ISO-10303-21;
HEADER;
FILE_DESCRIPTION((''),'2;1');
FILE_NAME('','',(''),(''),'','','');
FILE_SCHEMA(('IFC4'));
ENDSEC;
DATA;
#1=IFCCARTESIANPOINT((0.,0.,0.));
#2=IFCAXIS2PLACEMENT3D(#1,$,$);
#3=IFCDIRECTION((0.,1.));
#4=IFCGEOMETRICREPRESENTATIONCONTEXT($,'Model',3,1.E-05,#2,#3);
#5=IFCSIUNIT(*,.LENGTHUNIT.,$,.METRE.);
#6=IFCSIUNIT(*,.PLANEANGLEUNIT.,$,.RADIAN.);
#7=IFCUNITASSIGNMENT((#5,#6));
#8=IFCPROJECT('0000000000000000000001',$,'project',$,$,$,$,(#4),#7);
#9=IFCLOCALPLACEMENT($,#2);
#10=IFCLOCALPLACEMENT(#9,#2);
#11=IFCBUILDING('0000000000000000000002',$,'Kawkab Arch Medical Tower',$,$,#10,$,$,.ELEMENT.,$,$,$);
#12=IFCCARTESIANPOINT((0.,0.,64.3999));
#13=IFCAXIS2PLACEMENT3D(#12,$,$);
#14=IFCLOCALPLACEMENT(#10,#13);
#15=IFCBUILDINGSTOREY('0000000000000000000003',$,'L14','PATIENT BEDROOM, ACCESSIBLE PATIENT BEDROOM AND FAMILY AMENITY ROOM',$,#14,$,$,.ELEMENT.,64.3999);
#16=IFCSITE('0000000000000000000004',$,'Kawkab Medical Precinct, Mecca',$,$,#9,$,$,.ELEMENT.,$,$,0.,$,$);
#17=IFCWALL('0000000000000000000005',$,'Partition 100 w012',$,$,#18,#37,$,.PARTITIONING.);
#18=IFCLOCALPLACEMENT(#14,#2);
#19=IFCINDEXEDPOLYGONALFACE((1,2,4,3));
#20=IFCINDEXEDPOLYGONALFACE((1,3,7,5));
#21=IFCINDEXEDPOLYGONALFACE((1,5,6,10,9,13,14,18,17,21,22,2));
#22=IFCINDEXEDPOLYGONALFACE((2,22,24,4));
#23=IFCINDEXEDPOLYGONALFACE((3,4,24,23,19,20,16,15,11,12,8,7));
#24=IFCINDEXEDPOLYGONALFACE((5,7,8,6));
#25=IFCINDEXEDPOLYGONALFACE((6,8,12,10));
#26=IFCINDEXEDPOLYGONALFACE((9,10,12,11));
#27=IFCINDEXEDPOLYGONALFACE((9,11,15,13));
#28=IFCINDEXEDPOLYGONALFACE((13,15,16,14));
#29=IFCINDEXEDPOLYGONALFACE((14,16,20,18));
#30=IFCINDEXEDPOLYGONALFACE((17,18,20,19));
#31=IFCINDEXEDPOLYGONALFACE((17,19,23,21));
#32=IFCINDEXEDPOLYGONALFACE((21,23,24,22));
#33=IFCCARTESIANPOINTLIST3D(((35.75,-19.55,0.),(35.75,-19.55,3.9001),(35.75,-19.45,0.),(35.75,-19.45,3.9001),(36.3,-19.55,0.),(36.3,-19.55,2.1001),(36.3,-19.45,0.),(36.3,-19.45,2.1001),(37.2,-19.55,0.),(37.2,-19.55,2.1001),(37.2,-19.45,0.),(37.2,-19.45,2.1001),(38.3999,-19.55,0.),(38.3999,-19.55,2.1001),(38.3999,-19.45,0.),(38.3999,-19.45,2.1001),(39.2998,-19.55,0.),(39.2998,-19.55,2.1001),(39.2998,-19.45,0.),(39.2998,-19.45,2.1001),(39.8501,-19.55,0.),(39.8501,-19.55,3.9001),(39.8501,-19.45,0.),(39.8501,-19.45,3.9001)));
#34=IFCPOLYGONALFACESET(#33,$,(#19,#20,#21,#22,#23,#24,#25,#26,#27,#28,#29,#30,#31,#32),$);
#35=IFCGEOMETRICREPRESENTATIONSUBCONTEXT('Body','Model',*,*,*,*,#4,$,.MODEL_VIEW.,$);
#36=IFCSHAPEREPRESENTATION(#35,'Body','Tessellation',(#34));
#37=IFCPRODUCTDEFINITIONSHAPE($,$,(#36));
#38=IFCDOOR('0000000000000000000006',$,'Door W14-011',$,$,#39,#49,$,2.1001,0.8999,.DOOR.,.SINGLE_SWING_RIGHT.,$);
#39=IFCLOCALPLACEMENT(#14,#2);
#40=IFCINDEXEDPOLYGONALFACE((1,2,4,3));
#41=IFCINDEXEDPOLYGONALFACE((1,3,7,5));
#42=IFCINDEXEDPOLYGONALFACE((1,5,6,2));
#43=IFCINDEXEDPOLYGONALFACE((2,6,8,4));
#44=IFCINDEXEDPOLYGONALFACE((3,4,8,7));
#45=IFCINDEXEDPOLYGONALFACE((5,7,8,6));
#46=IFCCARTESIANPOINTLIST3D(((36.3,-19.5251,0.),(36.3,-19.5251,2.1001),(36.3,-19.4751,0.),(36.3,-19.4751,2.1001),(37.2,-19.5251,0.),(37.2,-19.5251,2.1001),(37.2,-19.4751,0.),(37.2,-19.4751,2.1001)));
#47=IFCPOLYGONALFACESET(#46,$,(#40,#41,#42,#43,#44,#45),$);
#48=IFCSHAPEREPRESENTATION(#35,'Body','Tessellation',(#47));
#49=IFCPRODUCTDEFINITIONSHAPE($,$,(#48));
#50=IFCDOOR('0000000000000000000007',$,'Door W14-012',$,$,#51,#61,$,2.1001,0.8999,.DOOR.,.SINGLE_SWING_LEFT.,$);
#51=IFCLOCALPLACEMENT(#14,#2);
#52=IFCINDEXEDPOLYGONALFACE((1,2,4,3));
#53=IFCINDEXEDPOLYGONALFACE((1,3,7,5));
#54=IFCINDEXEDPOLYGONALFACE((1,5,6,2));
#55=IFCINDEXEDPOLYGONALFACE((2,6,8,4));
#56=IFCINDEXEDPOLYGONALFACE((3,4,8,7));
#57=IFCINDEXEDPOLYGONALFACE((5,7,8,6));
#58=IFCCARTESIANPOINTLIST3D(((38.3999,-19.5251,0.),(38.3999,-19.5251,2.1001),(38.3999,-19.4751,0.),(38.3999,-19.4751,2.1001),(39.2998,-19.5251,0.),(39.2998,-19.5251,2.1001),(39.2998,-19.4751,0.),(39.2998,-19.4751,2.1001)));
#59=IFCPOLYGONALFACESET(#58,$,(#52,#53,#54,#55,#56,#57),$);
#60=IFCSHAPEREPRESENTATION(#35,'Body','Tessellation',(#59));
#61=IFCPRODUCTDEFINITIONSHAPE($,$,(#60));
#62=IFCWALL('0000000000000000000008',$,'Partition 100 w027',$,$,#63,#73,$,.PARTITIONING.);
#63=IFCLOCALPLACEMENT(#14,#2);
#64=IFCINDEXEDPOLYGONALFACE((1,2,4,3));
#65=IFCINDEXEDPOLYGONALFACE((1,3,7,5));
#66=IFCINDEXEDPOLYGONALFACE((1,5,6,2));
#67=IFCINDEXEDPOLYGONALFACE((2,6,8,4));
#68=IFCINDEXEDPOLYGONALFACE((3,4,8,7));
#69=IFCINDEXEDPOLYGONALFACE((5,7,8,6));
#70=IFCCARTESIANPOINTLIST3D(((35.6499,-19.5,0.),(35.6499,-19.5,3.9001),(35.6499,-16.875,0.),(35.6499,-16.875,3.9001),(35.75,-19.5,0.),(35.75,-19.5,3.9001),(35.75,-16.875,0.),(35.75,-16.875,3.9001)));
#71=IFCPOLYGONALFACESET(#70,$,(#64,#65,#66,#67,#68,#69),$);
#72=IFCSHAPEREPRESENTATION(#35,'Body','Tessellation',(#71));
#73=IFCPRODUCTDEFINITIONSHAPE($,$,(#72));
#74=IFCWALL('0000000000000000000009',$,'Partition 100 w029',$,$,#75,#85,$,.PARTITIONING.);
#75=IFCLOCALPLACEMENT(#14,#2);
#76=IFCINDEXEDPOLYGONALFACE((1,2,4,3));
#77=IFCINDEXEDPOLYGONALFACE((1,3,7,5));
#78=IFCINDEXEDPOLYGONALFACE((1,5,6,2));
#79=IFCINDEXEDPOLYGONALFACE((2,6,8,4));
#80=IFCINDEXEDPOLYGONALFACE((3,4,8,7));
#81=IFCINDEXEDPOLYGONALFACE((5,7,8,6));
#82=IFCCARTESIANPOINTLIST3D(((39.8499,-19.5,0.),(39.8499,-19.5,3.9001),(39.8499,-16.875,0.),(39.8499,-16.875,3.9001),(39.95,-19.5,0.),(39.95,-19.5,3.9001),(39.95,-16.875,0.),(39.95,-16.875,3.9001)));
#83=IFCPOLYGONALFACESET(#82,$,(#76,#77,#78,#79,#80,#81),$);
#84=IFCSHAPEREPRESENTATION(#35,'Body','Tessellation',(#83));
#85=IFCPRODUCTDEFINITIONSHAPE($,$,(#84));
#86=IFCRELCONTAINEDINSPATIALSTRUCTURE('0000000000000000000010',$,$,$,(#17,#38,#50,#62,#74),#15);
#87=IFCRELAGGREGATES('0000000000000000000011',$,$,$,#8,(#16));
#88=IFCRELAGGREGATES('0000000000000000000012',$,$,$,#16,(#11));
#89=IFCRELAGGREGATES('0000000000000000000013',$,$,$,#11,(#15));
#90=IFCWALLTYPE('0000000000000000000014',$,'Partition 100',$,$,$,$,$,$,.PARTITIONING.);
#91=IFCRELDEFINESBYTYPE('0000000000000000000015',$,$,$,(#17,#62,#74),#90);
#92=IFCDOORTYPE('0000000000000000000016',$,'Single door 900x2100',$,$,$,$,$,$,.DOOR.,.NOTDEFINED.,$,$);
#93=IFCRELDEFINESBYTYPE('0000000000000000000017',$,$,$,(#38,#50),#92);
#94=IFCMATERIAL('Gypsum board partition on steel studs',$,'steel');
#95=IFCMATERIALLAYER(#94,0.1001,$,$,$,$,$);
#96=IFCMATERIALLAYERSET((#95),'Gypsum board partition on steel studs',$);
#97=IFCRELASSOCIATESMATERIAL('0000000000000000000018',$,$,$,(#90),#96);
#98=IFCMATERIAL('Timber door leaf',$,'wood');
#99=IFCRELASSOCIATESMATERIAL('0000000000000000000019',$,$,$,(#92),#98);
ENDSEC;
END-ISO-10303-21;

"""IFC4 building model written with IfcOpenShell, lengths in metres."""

from ifc_helpers import new_model, si_unit, direction, frame, frame_2d, origin, place, context, subcontext, project, spatial, rectangle, extrude, material, layer, layer_set, type_object, element, fill, save


model = new_model("IFC4")

# Units and contexts
model_context = context("Model", 3, precision=1e-05, world=origin(), true_north=direction((0.0, 1.0)))
body_context = subcontext(model_context, "Body", "Model", "MODEL_VIEW")
ifc_project = project(units=[si_unit("LENGTHUNIT", "METRE"), si_unit("PLANEANGLEUNIT", "RADIAN")], contexts=[model_context])

# Site, building, storey
site_placement = place(None, origin())
site = spatial("IfcSite", under=ifc_project, at=site_placement, Name="Kawkab Medical Precinct, Mecca", CompositionType="ELEMENT", RefElevation=0.0)
building_placement = place(site_placement, origin())
building = spatial("IfcBuilding", under=site, at=building_placement, Name="Kawkab Arch Medical Tower", CompositionType="ELEMENT")
storey_placement = place(building_placement, frame((0.0, 0.0, 64.3999)))
storey = spatial("IfcBuildingStorey", under=building, at=storey_placement, Name="L14", Description="PATIENT BEDROOM, ACCESSIBLE PATIENT BEDROOM AND FAMILY AMENITY ROOM", CompositionType="ELEMENT", Elevation=64.3999)

# Wall, openings, doors
ifc_material_1 = material(Name="Gypsum board partition on steel studs", Category="steel")
ifc_layer_1 = layer(ifc_material_1, 0.1001)
ifc_layer_set_1 = layer_set([ifc_layer_1], Name="Gypsum board partition on steel studs")
wall_type_1 = type_object("IfcWallType", Name="Partition 100", PredefinedType="PARTITIONING", material=ifc_layer_set_1)
wall_1_placement = place(storey_placement, frame((35.75, -19.5, 0.0), z_axis=(0.0, 0.0, 1.0), x_axis=(1.0, 0.0, 0.0)))
wall_1 = element("IfcWall", 1, at=wall_1_placement, inside=storey, type_object=wall_type_1, Name="Partition 100 w012", PredefinedType="PARTITIONING", context=body_context, shape_type="SweptSolid", body=[
    extrude(rectangle(XDim=4.1001, YDim=0.1001, at=frame_2d((2.05, 0.0))), origin(), (0.0, 0.0, 1.0), 3.9001),
])
opening_1_placement = place(wall_1_placement, frame((0.55, 0.0, 0.0)))
opening_1 = element("IfcOpeningElement", 2, at=opening_1_placement, cuts=wall_1, PredefinedType="OPENING", context=body_context, shape_type="SweptSolid", body=[
    extrude(rectangle(XDim=0.8999, YDim=2.1001, at=frame_2d((0.45, 1.05))), frame((0.0, 0.0601, 0.0), z_axis=(0.0, -1.0, 0.0), x_axis=(1.0, 0.0, 0.0)), (0.0, 0.0, 1.0), 0.1201),
])
opening_2_placement = place(wall_1_placement, frame((2.6499, 0.0, 0.0)))
opening_2 = element("IfcOpeningElement", 3, at=opening_2_placement, cuts=wall_1, PredefinedType="OPENING", context=body_context, shape_type="SweptSolid", body=[
    extrude(rectangle(XDim=0.8999, YDim=2.1001, at=frame_2d((0.45, 1.05))), frame((0.0, 0.0601, 0.0), z_axis=(0.0, -1.0, 0.0), x_axis=(1.0, 0.0, 0.0)), (0.0, 0.0, 1.0), 0.1201),
])
ifc_material_2 = material(Name="Timber door leaf", Category="wood")
door_type_1 = type_object("IfcDoorType", Name="Single door 900x2100", OperationType="NOTDEFINED", PredefinedType="DOOR", material=ifc_material_2)
door_1_placement = place(opening_1_placement, origin())
door_1 = element("IfcDoor", 4, at=door_1_placement, inside=storey, type_object=door_type_1, Name="Door W14-011", OperationType="SINGLE_SWING_RIGHT", OverallHeight=2.1001, OverallWidth=0.8999, PredefinedType="DOOR", context=body_context, shape_type="SweptSolid", body=[
    extrude(rectangle(XDim=0.8999, YDim=2.1001, at=frame_2d((0.45, 1.05))), frame((0.0, 0.0249, 0.0), z_axis=(0.0, -1.0, 0.0), x_axis=(1.0, 0.0, 0.0)), (0.0, 0.0, 1.0), 0.05),
])
fill(opening_1, door_1)
door_2_placement = place(opening_2_placement, origin())
door_2 = element("IfcDoor", 5, at=door_2_placement, inside=storey, type_object=door_type_1, Name="Door W14-012", OperationType="SINGLE_SWING_LEFT", OverallHeight=2.1001, OverallWidth=0.8999, PredefinedType="DOOR", context=body_context, shape_type="SweptSolid", body=[
    extrude(rectangle(XDim=0.8999, YDim=2.1001, at=frame_2d((0.45, 1.05))), frame((0.0, 0.0249, 0.0), z_axis=(0.0, -1.0, 0.0), x_axis=(1.0, 0.0, 0.0)), (0.0, 0.0, 1.0), 0.05),
])
fill(opening_2, door_2)

# Walls
for number, where, z_axis, x_axis, name in (
    (6, (35.7, -19.5, 0.0), (0.0, 0.0, 1.0), (0.0, 1.0, 0.0), "Partition 100 w027"),
    (7, (39.8999, -19.5, 0.0), (0.0, 0.0, 1.0), (0.0, 1.0, 0.0), "Partition 100 w029"),
):
    element("IfcWall", number, at=place(storey_placement, frame(where, z_axis=z_axis, x_axis=x_axis)), inside=storey, type_object=wall_type_1, Name=name, PredefinedType="PARTITIONING", context=body_context, shape_type="SweptSolid", body=[
        extrude(rectangle(XDim=2.625, YDim=0.1001, at=frame_2d((1.3125, 0.0))), origin(), (0.0, 0.0, 1.0), 3.9001),
    ])

save(model, "model.ifc")
